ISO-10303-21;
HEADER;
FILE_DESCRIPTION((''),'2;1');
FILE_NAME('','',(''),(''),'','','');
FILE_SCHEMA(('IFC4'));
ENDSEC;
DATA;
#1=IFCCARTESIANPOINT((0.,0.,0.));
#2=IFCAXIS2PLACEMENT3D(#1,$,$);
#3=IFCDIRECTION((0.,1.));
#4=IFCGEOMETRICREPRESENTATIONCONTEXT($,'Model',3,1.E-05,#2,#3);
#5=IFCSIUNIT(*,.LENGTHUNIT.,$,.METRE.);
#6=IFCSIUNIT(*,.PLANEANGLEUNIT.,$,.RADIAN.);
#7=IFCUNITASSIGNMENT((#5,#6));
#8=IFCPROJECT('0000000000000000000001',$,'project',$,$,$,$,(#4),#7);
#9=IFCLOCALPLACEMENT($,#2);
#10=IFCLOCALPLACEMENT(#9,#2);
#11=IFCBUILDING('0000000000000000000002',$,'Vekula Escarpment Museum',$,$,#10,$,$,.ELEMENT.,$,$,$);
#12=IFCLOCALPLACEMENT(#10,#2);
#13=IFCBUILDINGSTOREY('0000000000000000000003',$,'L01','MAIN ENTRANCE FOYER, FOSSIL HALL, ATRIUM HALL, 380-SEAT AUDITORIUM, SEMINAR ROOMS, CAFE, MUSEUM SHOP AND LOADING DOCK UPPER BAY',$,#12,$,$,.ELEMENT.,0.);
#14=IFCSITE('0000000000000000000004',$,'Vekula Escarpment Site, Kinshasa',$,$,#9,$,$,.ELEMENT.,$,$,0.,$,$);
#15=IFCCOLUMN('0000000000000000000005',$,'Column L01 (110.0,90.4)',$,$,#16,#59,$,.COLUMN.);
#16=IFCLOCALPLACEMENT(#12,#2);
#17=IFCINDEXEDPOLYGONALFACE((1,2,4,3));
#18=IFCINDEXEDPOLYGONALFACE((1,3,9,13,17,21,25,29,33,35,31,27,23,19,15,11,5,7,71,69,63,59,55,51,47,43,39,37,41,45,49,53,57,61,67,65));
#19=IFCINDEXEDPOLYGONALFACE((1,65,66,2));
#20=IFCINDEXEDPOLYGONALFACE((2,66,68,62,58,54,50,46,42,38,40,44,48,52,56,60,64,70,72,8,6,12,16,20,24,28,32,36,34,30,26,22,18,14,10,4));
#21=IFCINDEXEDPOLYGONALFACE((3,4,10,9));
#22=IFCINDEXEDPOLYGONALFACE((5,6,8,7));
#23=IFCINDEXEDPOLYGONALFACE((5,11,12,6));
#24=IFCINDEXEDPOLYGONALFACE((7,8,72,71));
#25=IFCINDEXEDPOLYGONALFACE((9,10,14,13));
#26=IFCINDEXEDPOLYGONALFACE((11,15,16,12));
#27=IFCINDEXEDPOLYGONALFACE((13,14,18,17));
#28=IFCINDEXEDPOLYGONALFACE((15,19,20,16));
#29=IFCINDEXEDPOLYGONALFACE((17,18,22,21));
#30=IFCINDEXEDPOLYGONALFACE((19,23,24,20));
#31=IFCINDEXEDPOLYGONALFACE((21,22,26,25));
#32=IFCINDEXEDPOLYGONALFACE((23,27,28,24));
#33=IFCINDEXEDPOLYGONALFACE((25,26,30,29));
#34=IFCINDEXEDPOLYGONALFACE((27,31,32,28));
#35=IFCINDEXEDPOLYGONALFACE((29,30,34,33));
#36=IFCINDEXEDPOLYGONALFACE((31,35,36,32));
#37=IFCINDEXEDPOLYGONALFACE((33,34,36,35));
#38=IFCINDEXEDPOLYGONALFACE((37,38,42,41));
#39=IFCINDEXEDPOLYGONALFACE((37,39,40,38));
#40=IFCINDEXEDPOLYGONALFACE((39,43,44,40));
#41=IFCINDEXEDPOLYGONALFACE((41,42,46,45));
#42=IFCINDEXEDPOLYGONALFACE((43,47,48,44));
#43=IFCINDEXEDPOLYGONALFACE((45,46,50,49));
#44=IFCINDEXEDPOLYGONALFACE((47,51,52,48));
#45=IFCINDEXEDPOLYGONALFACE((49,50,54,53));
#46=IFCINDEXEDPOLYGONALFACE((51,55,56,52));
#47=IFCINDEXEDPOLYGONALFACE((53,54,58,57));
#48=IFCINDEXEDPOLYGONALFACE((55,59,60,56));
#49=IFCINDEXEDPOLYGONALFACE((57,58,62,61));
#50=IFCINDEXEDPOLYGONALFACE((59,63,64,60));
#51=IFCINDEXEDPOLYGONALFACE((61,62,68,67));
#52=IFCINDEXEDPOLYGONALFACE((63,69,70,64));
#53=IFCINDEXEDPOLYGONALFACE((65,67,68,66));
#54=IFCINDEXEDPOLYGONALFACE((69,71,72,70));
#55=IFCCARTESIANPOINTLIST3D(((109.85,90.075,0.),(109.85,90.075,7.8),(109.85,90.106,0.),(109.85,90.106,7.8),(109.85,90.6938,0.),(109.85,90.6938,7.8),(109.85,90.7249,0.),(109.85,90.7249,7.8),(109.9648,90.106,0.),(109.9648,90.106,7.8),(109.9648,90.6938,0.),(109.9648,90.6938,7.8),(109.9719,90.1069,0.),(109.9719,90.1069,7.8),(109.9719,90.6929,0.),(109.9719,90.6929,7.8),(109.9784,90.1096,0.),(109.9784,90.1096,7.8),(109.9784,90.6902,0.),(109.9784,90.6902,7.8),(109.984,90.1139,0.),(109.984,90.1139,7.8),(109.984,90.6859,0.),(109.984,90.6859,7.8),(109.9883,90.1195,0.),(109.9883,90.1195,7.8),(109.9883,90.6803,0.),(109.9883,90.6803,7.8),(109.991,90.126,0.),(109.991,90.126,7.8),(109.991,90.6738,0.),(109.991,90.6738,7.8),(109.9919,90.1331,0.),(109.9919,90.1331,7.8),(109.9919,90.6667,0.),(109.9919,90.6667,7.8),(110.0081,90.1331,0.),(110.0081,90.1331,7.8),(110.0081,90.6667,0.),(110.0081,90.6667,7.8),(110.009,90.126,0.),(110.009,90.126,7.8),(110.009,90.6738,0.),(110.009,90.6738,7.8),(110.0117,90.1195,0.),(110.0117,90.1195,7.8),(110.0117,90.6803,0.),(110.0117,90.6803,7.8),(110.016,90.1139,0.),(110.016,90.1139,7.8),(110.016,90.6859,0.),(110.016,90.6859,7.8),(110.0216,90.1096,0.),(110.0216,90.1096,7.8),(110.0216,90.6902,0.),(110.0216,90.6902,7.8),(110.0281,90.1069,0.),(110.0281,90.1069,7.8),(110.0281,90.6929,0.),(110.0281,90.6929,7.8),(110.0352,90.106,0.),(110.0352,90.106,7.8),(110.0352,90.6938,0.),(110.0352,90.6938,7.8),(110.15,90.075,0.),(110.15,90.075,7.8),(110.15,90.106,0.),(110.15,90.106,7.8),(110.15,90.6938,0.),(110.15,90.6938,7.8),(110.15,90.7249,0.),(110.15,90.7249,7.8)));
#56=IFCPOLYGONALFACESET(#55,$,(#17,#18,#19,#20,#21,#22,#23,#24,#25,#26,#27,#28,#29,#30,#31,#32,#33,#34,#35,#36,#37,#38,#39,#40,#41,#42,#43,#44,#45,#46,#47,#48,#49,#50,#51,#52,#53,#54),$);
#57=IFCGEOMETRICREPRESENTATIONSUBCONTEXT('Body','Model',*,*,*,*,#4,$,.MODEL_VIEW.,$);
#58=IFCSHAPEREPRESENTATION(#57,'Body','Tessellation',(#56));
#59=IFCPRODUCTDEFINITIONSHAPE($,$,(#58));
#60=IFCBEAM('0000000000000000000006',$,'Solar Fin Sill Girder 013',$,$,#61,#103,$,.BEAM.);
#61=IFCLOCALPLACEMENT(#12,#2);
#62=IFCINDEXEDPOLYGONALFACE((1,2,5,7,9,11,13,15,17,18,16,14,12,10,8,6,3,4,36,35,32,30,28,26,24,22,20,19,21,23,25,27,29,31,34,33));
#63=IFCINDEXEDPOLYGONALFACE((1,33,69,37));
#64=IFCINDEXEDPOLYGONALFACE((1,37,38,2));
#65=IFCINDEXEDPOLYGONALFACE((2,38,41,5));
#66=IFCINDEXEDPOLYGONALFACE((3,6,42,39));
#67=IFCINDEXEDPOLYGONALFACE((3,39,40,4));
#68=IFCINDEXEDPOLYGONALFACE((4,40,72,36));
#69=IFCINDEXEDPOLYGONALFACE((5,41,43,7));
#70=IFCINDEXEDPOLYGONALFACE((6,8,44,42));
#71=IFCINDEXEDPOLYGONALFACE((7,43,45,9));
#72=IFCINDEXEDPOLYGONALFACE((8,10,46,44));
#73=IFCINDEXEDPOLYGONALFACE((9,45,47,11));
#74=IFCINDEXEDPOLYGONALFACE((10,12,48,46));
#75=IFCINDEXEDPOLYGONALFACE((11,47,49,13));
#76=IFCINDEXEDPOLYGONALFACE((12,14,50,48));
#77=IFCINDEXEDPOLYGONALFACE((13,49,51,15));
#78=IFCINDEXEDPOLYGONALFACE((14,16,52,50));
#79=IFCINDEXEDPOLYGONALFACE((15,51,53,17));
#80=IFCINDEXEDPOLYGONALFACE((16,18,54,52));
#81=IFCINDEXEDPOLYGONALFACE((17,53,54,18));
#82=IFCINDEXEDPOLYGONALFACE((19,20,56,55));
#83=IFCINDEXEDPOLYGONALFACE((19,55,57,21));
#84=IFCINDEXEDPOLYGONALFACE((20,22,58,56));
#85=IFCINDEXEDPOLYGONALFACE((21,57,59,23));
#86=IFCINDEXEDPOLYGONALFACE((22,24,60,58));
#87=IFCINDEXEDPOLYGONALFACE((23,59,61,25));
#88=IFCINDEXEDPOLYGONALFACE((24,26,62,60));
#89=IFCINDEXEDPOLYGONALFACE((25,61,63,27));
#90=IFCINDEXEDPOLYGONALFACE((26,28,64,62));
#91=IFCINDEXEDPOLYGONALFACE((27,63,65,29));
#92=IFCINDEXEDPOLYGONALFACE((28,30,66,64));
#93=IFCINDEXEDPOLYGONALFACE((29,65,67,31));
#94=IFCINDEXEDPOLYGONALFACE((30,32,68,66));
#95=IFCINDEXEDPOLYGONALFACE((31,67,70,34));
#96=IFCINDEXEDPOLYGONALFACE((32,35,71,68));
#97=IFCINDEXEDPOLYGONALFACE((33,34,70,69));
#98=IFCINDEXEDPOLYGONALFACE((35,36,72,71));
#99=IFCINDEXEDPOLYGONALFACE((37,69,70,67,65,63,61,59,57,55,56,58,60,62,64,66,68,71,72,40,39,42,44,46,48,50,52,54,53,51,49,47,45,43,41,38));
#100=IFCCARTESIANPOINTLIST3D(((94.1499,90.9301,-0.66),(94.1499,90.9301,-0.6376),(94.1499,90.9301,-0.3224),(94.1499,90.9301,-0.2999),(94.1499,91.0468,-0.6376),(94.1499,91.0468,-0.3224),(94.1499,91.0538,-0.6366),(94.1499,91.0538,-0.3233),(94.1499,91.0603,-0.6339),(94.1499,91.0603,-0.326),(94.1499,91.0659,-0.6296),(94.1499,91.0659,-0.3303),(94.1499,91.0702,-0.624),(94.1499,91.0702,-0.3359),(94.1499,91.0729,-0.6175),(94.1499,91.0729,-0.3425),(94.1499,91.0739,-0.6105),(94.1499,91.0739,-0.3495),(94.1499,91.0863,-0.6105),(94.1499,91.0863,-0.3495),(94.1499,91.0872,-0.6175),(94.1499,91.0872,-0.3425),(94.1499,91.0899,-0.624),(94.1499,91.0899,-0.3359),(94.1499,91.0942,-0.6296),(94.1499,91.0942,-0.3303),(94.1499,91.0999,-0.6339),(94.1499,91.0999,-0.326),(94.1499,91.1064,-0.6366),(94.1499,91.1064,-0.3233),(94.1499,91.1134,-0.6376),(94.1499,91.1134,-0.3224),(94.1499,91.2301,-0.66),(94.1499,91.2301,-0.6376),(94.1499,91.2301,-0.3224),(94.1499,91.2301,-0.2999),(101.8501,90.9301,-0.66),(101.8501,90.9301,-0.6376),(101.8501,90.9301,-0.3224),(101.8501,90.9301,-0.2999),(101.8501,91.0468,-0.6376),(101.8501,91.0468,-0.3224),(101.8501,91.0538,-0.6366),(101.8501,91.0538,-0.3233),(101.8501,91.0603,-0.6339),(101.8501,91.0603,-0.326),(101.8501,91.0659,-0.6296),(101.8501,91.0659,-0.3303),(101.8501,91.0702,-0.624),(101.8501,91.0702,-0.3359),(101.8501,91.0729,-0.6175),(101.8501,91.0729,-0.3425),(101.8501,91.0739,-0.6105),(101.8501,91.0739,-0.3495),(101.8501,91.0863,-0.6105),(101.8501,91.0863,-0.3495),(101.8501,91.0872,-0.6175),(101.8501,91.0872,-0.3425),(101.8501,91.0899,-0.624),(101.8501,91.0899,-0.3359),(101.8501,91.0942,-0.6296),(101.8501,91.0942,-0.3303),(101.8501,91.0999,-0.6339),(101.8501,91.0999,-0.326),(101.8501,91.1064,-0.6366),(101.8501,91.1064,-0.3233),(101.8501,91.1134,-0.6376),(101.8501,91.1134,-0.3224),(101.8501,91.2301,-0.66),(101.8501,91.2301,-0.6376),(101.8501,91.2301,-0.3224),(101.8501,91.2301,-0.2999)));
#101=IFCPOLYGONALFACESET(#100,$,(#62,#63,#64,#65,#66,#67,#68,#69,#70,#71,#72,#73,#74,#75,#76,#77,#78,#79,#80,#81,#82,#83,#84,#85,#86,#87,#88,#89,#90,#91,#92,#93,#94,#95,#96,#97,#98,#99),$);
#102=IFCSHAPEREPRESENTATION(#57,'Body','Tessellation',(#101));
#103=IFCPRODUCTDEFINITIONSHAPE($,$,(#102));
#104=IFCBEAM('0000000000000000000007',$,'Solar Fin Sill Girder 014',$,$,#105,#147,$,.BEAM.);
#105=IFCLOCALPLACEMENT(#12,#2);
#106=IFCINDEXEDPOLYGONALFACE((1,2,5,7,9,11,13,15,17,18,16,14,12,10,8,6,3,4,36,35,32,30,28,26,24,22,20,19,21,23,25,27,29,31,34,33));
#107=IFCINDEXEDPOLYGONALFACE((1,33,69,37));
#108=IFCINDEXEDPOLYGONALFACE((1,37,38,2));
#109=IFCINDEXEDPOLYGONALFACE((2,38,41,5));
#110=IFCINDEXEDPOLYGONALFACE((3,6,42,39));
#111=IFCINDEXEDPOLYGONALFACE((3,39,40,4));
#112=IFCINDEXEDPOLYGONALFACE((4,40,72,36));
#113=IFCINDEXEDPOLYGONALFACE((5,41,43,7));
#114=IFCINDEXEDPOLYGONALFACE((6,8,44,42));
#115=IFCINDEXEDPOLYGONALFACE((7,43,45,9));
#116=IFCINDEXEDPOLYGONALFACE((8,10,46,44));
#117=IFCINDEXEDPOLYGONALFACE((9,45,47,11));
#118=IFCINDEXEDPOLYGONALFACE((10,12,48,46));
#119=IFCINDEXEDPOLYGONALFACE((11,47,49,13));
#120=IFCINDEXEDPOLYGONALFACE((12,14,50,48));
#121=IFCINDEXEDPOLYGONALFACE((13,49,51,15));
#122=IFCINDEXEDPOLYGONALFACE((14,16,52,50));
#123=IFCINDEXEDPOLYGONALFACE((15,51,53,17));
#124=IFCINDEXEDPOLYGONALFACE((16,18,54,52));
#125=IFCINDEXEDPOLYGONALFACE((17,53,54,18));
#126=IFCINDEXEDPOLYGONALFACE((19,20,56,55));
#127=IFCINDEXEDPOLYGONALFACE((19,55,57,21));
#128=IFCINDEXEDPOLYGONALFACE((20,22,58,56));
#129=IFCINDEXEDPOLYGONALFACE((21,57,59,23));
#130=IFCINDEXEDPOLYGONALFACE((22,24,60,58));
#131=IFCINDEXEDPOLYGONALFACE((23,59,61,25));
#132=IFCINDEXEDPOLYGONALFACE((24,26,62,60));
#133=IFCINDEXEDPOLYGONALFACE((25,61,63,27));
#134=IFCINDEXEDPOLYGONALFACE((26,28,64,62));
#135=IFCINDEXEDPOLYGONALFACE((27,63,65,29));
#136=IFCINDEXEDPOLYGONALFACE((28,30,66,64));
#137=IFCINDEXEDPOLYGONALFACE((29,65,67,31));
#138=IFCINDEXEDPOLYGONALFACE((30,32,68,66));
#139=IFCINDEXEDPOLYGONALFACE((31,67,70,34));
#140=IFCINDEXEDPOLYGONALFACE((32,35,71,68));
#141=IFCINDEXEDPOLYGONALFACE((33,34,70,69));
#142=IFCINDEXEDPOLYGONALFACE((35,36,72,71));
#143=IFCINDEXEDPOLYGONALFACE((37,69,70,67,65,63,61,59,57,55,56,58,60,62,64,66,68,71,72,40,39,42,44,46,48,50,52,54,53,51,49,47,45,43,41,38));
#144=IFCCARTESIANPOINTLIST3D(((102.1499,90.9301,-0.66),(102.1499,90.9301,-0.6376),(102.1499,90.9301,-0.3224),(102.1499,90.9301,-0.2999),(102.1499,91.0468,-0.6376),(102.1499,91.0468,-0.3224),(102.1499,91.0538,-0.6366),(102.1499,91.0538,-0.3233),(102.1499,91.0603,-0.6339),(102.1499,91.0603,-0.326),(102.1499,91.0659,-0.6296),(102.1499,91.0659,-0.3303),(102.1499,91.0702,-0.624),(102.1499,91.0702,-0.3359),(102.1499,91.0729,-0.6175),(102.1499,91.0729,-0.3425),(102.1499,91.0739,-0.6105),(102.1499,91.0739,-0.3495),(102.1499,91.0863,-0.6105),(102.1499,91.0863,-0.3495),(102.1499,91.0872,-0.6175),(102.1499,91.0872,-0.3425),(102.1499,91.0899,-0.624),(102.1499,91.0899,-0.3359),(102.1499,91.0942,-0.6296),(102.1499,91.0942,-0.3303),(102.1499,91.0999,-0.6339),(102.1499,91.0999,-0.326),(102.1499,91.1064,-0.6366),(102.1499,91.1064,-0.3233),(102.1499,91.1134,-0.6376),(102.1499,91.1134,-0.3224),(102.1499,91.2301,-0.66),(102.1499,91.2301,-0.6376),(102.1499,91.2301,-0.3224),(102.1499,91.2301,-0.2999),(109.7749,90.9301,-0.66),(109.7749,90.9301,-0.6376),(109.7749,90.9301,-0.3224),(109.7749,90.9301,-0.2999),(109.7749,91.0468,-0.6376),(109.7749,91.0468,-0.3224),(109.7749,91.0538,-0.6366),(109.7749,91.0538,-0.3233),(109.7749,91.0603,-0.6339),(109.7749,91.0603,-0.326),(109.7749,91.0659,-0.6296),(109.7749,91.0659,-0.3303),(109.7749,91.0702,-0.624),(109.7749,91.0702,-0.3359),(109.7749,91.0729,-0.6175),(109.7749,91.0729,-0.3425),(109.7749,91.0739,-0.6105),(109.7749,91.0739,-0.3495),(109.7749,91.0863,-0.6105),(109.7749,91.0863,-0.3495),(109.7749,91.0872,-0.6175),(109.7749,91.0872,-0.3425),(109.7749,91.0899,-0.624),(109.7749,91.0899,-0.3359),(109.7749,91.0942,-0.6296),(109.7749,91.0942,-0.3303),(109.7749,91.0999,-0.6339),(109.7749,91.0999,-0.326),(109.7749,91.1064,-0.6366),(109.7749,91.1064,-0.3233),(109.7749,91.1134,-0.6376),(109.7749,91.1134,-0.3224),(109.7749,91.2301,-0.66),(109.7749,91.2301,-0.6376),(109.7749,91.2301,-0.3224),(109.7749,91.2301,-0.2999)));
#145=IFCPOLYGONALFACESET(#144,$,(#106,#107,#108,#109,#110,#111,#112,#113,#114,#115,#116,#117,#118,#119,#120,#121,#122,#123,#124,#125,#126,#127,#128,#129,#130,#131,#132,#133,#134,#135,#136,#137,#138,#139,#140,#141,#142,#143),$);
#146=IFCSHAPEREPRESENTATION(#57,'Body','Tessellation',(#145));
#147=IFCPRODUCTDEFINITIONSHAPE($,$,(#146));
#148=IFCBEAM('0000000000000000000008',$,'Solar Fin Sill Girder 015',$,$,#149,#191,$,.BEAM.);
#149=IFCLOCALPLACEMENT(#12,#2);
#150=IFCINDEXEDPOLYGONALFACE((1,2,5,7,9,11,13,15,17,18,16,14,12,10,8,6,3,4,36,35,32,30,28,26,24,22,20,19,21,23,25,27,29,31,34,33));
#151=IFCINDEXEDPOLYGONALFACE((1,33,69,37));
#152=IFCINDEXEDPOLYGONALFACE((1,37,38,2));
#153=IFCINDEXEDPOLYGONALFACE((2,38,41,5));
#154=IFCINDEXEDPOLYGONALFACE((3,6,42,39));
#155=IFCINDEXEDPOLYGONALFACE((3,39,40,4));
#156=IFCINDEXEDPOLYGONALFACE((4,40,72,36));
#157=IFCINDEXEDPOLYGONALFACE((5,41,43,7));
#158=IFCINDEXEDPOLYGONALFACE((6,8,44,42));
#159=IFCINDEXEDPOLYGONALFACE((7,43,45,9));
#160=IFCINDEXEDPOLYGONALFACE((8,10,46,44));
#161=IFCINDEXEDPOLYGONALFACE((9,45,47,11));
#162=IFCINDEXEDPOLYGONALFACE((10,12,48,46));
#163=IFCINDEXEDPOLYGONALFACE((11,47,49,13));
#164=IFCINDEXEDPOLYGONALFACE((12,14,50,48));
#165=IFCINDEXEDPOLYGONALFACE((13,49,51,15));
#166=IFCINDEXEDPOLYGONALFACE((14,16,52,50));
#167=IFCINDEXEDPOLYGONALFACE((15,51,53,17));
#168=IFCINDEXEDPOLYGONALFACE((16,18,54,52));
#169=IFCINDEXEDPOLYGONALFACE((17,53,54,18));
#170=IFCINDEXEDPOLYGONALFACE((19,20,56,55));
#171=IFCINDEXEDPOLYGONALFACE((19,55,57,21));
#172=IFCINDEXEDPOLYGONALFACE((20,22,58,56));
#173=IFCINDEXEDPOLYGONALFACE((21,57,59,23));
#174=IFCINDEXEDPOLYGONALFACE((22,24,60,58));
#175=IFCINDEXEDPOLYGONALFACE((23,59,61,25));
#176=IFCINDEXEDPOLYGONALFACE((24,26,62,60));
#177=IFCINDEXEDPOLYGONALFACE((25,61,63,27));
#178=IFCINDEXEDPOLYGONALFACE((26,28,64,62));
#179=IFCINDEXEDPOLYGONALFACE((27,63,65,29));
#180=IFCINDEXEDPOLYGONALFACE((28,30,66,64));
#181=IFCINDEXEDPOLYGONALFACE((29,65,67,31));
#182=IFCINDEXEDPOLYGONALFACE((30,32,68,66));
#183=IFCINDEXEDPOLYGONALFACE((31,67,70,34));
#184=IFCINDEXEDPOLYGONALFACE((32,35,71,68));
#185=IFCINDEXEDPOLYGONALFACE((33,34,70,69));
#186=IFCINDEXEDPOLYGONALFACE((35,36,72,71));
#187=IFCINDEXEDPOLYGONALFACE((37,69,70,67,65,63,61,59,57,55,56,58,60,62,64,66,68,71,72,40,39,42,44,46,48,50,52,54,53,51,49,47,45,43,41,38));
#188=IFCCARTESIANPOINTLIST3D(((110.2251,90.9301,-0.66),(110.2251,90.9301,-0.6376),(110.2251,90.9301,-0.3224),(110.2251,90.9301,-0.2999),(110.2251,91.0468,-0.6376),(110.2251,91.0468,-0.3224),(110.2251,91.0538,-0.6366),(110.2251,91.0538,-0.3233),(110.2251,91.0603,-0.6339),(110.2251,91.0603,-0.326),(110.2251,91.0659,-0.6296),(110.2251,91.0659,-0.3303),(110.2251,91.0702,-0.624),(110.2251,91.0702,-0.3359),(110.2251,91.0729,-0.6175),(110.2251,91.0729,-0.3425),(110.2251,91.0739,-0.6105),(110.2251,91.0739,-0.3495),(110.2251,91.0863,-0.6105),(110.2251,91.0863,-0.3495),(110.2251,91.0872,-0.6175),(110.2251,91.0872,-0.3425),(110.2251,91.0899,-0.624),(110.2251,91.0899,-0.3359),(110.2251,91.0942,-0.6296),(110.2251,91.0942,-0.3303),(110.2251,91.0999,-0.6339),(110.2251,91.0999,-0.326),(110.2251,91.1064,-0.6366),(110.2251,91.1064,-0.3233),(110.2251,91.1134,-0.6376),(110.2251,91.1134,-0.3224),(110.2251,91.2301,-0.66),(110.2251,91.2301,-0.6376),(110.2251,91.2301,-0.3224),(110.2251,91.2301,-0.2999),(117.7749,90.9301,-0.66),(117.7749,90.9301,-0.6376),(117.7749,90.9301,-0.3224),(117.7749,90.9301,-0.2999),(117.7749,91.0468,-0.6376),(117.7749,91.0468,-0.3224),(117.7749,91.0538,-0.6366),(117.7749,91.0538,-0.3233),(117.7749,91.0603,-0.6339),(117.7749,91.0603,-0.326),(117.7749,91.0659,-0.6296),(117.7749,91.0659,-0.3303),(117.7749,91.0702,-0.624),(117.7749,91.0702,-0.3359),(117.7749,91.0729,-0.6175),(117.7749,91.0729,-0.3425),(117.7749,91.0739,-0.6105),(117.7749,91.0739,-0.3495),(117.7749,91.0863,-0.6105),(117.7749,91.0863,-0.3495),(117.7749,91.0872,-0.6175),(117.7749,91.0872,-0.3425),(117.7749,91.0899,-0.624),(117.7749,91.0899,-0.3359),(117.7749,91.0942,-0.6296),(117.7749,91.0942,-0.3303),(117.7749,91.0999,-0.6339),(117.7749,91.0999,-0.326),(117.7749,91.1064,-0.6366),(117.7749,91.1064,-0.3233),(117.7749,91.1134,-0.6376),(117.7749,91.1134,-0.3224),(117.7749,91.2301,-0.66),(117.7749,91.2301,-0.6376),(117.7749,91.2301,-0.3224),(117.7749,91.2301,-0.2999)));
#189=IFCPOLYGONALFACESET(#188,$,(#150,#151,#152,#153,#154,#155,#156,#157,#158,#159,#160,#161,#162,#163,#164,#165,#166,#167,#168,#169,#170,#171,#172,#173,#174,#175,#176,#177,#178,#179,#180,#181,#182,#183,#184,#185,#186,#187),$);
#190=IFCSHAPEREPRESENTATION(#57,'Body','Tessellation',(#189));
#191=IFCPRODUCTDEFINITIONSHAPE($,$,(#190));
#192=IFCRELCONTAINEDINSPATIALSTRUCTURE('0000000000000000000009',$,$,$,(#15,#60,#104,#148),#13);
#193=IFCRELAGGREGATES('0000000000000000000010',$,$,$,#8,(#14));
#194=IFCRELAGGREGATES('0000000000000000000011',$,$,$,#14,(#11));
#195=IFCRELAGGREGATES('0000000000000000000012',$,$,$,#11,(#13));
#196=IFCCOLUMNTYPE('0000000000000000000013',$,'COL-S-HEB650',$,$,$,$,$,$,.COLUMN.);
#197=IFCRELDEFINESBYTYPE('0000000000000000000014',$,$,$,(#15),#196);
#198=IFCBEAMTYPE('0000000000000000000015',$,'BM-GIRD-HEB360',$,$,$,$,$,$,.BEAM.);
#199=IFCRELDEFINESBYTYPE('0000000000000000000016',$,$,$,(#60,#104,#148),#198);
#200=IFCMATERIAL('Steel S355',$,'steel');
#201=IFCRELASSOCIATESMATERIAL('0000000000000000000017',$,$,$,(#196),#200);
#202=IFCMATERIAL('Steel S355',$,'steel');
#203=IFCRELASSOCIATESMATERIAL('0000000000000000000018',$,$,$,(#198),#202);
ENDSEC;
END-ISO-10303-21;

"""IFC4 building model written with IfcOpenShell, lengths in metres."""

from ifc_helpers import new_model, si_unit, direction, frame, origin, origin_2d, place, context, subcontext, project, spatial, i_section, extrude, material, material_profile, profile_set, type_object, element, save


model = new_model("IFC4")

# Units and contexts
model_context = context("Model", 3, precision=1e-05, world=origin(), true_north=direction((0.0, 1.0)))
body_context = subcontext(model_context, "Body", "Model", "MODEL_VIEW")
ifc_project = project(units=[si_unit("LENGTHUNIT", "METRE"), si_unit("PLANEANGLEUNIT", "RADIAN")], contexts=[model_context])

# Site, building, storey
site_placement = place(None, origin())
site = spatial("IfcSite", under=ifc_project, at=site_placement, Name="Vekula Escarpment Site, Kinshasa", CompositionType="ELEMENT", RefElevation=0.0)
building_placement = place(site_placement, origin())
building = spatial("IfcBuilding", under=site, at=building_placement, Name="Vekula Escarpment Museum", CompositionType="ELEMENT")
storey_placement = place(building_placement, origin())
storey = spatial("IfcBuildingStorey", under=building, at=storey_placement, Name="L01", Description="MAIN ENTRANCE FOYER, FOSSIL HALL, ATRIUM HALL, 380-SEAT AUDITORIUM, SEMINAR ROOMS, CAFE, MUSEUM SHOP AND LOADING DOCK UPPER BAY", CompositionType="ELEMENT", Elevation=0.0)

# Column
ifc_material_1 = material(Name="Steel S355", Category="steel")
ifc_material_profile_1 = material_profile(ifc_material_1, i_section(OverallWidth=0.3, OverallDepth=0.6499, WebThickness=0.0161, FlangeThickness=0.031, FilletRadius=0.0271, at=origin_2d()), Name="HEB 650")
ifc_profile_set_1 = profile_set([ifc_material_profile_1], Name="Steel S355")
column_type = type_object("IfcColumnType", Name="COL-S-HEB650", PredefinedType="COLUMN", material=ifc_profile_set_1)
column_placement = place(storey_placement, frame((110.0, 90.3999, 0.0), z_axis=(0.0, 0.0, 1.0), x_axis=(1.0, 0.0, 0.0)))
element("IfcColumn", 1, at=column_placement, inside=storey, type_object=column_type, Name="Column L01 (110.0,90.4)", PredefinedType="COLUMN", context=body_context, shape_type="SweptSolid", body=[
    extrude(i_section(OverallWidth=0.3, OverallDepth=0.6499, WebThickness=0.0161, FlangeThickness=0.031, FilletRadius=0.0271, at=origin_2d()), origin(), (0.0, 0.0, 1.0), 7.8),
])

# Beams
ifc_material_2 = material(Name="Steel S355", Category="steel")
ifc_material_profile_2 = material_profile(ifc_material_2, i_section(OverallWidth=0.3, OverallDepth=0.3601, WebThickness=0.0125, FlangeThickness=0.0225, FilletRadius=0.0271, at=origin_2d()), Name="HEB 360")
ifc_profile_set_2 = profile_set([ifc_material_profile_2], Name="Steel S355")
beam_type_1 = type_object("IfcBeamType", Name="BM-GIRD-HEB360", PredefinedType="BEAM", material=ifc_profile_set_2)
beam_1_placement = place(storey_placement, frame((94.1499, 91.0801, -0.48), z_axis=(1.0, 0.0, 0.0), x_axis=(0.0, 1.0, 0.0)))
element("IfcBeam", 2, at=beam_1_placement, inside=storey, type_object=beam_type_1, Name="Solar Fin Sill Girder 013", PredefinedType="BEAM", context=body_context, shape_type="SweptSolid", body=[
    extrude(i_section(OverallWidth=0.3, OverallDepth=0.3601, WebThickness=0.0125, FlangeThickness=0.0225, FilletRadius=0.0271, at=origin_2d()), origin(), (0.0, 0.0, 1.0), 7.7002),
])
beam_2_placement = place(storey_placement, frame((102.1499, 91.0801, -0.48), z_axis=(1.0, 0.0, 0.0), x_axis=(0.0, 1.0, 0.0)))
element("IfcBeam", 3, at=beam_2_placement, inside=storey, type_object=beam_type_1, Name="Solar Fin Sill Girder 014", PredefinedType="BEAM", context=body_context, shape_type="SweptSolid", body=[
    extrude(i_section(OverallWidth=0.3, OverallDepth=0.3601, WebThickness=0.0125, FlangeThickness=0.0225, FilletRadius=0.0271, at=origin_2d()), origin(), (0.0, 0.0, 1.0), 7.625),
])
beam_3_placement = place(storey_placement, frame((110.2251, 91.0801, -0.48), z_axis=(1.0, 0.0, 0.0), x_axis=(0.0, 1.0, 0.0)))
element("IfcBeam", 4, at=beam_3_placement, inside=storey, type_object=beam_type_1, Name="Solar Fin Sill Girder 015", PredefinedType="BEAM", context=body_context, shape_type="SweptSolid", body=[
    extrude(i_section(OverallWidth=0.3, OverallDepth=0.3601, WebThickness=0.0125, FlangeThickness=0.0225, FilletRadius=0.0271, at=origin_2d()), origin(), (0.0, 0.0, 1.0), 7.5498),
])

save(model, "model.ifc")
